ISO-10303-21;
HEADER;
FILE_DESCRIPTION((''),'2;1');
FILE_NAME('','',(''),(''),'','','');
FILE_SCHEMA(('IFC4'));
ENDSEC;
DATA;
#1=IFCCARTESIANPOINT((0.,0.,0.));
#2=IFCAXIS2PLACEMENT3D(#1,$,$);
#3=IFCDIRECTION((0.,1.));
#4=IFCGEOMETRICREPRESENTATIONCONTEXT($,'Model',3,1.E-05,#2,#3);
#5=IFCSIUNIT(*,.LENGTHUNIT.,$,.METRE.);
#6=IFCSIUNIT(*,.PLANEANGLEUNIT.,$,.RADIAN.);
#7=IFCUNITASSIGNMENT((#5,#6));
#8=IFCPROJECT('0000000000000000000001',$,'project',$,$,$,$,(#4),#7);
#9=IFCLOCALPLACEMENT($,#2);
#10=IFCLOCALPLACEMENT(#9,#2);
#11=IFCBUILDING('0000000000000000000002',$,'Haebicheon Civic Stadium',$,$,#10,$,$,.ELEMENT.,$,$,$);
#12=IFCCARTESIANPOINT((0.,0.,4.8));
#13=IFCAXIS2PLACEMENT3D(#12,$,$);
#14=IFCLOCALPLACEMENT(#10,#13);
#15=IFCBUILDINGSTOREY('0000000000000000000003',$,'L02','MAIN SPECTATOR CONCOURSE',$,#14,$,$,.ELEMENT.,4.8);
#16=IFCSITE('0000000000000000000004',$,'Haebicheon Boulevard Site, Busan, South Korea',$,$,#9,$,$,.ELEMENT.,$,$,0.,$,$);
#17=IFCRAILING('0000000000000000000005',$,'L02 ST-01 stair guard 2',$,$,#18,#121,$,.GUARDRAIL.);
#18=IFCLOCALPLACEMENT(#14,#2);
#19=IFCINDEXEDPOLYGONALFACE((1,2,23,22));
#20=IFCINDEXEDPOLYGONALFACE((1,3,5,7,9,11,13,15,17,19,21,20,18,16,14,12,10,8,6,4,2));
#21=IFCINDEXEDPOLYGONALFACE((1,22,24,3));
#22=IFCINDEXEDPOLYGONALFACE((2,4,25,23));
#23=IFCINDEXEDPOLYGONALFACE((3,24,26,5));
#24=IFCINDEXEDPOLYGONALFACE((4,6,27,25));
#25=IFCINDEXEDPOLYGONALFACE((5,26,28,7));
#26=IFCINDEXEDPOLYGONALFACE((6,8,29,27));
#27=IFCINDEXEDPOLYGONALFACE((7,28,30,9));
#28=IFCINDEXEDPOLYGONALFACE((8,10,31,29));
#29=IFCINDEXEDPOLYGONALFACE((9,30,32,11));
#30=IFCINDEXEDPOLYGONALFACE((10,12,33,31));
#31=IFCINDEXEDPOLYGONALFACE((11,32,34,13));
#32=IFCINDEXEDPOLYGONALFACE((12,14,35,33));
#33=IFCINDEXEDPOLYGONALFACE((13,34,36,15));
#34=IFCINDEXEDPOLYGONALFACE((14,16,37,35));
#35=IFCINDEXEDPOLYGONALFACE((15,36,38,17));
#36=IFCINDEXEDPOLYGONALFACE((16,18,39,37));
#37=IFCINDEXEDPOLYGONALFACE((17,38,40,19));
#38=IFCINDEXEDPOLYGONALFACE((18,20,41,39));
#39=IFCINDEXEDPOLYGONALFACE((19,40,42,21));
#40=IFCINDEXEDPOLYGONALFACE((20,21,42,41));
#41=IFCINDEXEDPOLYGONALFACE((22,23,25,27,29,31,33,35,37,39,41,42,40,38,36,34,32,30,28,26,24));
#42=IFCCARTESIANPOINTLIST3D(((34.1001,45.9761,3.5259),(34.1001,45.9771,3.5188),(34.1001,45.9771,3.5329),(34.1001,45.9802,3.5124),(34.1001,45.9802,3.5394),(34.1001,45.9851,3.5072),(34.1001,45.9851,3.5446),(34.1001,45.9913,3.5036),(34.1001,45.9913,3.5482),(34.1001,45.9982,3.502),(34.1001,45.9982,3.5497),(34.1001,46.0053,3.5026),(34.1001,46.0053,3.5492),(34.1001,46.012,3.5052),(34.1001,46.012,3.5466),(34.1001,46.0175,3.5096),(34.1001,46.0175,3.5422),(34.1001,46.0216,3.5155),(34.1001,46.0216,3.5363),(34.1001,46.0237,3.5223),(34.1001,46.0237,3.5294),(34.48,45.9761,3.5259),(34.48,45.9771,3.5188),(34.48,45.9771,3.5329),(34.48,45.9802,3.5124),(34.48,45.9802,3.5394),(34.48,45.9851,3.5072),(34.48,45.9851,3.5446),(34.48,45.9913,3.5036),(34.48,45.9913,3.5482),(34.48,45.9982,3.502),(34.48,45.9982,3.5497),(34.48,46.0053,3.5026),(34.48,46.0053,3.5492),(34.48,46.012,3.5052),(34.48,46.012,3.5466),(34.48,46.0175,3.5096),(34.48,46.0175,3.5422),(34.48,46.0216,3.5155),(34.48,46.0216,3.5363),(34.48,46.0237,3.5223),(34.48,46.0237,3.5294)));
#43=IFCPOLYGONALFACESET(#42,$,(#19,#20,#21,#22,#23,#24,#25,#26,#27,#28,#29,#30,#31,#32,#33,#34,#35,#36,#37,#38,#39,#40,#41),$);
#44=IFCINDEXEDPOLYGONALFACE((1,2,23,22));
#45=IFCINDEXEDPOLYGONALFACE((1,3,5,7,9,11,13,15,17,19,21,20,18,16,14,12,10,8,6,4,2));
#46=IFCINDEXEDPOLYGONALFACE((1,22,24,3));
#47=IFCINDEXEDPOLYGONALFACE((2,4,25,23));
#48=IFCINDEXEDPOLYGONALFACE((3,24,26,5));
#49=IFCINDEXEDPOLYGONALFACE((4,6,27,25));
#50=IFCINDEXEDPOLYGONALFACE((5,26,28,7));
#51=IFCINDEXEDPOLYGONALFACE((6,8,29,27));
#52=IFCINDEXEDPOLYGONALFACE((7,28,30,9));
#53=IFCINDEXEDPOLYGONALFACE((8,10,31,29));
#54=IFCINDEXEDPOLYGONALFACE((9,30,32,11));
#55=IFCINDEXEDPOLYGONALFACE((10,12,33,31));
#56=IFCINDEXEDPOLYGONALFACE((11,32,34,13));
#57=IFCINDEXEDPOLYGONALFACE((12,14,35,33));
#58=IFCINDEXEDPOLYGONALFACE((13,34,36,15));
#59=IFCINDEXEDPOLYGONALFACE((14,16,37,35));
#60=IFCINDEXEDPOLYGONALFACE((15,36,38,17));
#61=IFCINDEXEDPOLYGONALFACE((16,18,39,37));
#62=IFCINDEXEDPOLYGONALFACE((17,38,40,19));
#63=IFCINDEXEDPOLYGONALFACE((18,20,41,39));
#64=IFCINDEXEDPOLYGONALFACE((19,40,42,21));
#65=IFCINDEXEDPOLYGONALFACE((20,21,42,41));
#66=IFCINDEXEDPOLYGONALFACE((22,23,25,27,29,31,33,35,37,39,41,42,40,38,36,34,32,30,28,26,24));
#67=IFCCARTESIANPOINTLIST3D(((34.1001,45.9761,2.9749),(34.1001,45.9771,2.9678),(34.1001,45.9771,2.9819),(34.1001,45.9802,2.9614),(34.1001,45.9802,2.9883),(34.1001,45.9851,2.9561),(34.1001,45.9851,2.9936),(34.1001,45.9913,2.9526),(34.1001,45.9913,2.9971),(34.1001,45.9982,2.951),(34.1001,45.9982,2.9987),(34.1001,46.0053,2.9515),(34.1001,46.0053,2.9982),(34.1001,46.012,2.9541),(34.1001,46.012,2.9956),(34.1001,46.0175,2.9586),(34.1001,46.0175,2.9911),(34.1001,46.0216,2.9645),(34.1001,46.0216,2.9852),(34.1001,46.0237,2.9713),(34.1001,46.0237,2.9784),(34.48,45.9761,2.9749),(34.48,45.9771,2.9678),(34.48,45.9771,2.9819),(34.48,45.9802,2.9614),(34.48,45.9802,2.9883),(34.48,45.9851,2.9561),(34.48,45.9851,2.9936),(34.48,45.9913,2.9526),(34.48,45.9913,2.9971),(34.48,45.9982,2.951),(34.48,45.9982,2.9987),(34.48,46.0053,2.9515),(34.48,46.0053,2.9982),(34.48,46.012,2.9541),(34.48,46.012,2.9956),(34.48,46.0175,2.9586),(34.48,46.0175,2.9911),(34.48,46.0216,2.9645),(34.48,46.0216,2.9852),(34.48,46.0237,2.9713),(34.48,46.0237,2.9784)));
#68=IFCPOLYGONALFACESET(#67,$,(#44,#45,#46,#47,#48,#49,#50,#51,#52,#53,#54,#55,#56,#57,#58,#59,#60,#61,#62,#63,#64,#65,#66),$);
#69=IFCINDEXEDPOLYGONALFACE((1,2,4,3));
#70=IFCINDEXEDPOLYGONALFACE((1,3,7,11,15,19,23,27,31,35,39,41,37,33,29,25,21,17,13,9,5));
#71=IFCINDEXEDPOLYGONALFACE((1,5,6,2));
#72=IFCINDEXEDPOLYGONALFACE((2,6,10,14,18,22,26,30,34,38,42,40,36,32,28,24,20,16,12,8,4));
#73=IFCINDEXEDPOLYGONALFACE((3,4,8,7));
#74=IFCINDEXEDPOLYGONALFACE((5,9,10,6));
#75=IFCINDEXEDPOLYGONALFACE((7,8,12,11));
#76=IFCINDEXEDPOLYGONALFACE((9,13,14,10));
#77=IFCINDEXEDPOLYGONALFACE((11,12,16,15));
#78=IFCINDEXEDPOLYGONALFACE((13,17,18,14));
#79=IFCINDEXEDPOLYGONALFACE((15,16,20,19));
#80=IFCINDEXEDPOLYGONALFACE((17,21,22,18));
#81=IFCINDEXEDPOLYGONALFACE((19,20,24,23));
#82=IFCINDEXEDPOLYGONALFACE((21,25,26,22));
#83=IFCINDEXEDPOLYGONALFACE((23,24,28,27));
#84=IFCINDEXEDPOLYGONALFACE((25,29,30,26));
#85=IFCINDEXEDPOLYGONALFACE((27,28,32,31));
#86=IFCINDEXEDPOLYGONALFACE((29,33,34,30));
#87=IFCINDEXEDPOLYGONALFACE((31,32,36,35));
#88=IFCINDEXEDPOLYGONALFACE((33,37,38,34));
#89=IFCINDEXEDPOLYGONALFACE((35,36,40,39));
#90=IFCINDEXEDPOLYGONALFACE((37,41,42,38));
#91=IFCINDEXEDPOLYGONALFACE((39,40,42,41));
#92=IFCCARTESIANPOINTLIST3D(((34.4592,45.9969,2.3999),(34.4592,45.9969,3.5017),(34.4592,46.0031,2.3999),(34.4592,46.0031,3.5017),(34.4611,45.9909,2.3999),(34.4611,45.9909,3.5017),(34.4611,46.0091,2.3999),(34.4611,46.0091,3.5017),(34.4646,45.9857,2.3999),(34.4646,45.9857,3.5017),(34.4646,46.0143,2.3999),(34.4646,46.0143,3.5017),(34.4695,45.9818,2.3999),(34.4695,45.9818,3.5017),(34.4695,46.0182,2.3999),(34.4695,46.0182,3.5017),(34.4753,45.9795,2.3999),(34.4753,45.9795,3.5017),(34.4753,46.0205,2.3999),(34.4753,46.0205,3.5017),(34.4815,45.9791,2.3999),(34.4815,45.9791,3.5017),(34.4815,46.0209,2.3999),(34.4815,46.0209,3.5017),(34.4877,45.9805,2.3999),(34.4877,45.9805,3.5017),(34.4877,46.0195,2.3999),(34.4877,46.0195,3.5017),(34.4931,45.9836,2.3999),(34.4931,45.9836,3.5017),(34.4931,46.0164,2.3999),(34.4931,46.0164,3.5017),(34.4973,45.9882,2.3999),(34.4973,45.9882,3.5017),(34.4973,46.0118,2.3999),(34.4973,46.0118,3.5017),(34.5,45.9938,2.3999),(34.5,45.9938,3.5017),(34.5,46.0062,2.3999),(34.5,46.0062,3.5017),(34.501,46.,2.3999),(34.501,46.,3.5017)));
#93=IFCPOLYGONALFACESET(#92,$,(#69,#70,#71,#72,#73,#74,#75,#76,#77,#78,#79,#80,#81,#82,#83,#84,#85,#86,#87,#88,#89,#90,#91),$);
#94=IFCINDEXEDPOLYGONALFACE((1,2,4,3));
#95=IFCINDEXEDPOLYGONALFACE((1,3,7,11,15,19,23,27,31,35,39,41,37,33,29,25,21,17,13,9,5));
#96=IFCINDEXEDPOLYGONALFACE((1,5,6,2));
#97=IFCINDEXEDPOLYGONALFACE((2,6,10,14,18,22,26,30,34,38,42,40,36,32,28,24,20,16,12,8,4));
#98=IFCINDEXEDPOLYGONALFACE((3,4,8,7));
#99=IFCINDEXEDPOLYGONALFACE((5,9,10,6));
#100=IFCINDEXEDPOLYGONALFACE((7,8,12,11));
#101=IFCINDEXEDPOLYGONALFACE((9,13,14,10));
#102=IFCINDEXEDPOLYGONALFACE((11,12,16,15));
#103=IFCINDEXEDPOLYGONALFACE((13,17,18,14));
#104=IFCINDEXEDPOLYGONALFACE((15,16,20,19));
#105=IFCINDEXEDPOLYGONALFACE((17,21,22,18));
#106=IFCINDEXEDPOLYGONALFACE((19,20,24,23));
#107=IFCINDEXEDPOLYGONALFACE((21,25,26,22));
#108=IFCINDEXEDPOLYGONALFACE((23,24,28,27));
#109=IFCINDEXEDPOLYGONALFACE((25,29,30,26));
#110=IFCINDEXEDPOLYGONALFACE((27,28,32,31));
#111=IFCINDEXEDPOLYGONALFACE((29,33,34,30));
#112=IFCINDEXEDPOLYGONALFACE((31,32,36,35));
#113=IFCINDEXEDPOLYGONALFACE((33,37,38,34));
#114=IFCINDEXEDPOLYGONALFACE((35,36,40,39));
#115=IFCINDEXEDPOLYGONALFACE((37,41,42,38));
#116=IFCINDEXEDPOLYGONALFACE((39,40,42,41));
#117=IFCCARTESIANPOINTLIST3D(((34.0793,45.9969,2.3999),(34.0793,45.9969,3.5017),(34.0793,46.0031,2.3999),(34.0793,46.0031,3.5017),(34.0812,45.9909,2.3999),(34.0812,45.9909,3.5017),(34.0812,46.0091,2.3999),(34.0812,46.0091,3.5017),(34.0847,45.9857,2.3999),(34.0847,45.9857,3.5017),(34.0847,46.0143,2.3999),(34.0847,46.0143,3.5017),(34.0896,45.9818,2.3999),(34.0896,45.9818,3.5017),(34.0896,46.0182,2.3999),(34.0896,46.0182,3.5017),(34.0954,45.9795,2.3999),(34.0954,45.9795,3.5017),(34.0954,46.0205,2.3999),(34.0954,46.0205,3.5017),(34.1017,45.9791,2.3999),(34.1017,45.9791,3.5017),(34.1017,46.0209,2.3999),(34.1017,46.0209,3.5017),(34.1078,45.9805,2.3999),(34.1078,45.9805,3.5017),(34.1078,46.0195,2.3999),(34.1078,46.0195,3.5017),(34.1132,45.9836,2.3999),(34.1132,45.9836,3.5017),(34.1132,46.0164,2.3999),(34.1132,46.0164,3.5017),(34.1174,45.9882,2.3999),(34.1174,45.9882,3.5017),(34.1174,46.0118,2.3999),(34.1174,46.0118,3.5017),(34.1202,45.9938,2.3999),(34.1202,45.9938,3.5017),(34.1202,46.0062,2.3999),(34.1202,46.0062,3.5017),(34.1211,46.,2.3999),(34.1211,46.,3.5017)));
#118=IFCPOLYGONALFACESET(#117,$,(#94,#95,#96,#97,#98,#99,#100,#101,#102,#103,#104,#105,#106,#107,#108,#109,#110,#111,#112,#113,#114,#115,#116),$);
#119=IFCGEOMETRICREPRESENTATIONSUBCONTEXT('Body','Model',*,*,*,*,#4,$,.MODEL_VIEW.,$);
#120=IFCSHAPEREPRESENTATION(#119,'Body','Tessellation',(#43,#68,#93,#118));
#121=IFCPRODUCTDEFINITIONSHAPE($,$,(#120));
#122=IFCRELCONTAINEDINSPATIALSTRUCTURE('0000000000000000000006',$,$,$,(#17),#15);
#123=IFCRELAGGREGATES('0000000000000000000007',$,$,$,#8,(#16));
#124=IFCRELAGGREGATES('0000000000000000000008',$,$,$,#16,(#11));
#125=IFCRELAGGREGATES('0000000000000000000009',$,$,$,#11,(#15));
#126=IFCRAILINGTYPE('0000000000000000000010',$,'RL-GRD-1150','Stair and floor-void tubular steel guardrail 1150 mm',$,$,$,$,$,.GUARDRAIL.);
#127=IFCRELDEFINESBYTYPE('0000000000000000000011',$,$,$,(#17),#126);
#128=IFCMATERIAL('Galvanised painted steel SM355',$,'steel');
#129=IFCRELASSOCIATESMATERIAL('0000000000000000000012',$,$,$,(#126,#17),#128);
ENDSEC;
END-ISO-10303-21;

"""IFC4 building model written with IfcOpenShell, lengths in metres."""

from ifc_helpers import new_model, si_unit, direction, frame, origin, origin_2d, place, context, subcontext, project, spatial, circle, extrude, material, type_object, element, save


model = new_model("IFC4")

# Units and contexts
model_context = context("Model", 3, precision=1e-05, world=origin(), true_north=direction((0.0, 1.0)))
body_context = subcontext(model_context, "Body", "Model", "MODEL_VIEW")
ifc_project = project(units=[si_unit("LENGTHUNIT", "METRE"), si_unit("PLANEANGLEUNIT", "RADIAN")], contexts=[model_context])

# Site, building, storey
site_placement = place(None, origin())
site = spatial("IfcSite", under=ifc_project, at=site_placement, Name="Haebicheon Boulevard Site, Busan, South Korea", CompositionType="ELEMENT", RefElevation=0.0)
building_placement = place(site_placement, origin())
building = spatial("IfcBuilding", under=site, at=building_placement, Name="Haebicheon Civic Stadium", CompositionType="ELEMENT")
storey_placement = place(building_placement, frame((0.0, 0.0, 4.8)))
storey = spatial("IfcBuildingStorey", under=building, at=storey_placement, Name="L02", Description="MAIN SPECTATOR CONCOURSE", CompositionType="ELEMENT", Elevation=4.8)

# Railing
ifc_material_1 = material(Name="Galvanised painted steel SM355", Category="steel")
railing_type_1 = type_object("IfcRailingType", Name="RL-GRD-1150", Description="Stair and floor-void tubular steel guardrail 1150 mm", PredefinedType="GUARDRAIL", material=ifc_material_1)
railing_1_placement = place(storey_placement, frame((34.48, 46.0, 2.3999)))
element("IfcRailing", 1, at=railing_1_placement, inside=storey, type_object=railing_type_1, material=ifc_material_1, Name="L02 ST-01 stair guard 2", PredefinedType="GUARDRAIL", context=body_context, shape_type="SweptSolid", body=[
    extrude(circle(Radius=0.0239, at=origin_2d()), frame((0.0, 0.0, 1.126), z_axis=(-1.0, 0.0, 0.0), x_axis=(0.0, -1.0, 0.0)), (0.0, 0.0, 1.0), 0.3799),
    extrude(circle(Radius=0.0239, at=origin_2d()), frame((0.0, 0.0, 0.575), z_axis=(-1.0, 0.0, 0.0), x_axis=(0.0, -1.0, 0.0)), (0.0, 0.0, 1.0), 0.3799),
    extrude(circle(Radius=0.021, at=origin_2d()), origin(), (0.0, 0.0, 1.0), 1.1018),
    extrude(circle(Radius=0.021, at=origin_2d()), frame((-0.3799, 0.0, 0.0)), (0.0, 0.0, 1.0), 1.1018),
])

save(model, "model.ifc")
